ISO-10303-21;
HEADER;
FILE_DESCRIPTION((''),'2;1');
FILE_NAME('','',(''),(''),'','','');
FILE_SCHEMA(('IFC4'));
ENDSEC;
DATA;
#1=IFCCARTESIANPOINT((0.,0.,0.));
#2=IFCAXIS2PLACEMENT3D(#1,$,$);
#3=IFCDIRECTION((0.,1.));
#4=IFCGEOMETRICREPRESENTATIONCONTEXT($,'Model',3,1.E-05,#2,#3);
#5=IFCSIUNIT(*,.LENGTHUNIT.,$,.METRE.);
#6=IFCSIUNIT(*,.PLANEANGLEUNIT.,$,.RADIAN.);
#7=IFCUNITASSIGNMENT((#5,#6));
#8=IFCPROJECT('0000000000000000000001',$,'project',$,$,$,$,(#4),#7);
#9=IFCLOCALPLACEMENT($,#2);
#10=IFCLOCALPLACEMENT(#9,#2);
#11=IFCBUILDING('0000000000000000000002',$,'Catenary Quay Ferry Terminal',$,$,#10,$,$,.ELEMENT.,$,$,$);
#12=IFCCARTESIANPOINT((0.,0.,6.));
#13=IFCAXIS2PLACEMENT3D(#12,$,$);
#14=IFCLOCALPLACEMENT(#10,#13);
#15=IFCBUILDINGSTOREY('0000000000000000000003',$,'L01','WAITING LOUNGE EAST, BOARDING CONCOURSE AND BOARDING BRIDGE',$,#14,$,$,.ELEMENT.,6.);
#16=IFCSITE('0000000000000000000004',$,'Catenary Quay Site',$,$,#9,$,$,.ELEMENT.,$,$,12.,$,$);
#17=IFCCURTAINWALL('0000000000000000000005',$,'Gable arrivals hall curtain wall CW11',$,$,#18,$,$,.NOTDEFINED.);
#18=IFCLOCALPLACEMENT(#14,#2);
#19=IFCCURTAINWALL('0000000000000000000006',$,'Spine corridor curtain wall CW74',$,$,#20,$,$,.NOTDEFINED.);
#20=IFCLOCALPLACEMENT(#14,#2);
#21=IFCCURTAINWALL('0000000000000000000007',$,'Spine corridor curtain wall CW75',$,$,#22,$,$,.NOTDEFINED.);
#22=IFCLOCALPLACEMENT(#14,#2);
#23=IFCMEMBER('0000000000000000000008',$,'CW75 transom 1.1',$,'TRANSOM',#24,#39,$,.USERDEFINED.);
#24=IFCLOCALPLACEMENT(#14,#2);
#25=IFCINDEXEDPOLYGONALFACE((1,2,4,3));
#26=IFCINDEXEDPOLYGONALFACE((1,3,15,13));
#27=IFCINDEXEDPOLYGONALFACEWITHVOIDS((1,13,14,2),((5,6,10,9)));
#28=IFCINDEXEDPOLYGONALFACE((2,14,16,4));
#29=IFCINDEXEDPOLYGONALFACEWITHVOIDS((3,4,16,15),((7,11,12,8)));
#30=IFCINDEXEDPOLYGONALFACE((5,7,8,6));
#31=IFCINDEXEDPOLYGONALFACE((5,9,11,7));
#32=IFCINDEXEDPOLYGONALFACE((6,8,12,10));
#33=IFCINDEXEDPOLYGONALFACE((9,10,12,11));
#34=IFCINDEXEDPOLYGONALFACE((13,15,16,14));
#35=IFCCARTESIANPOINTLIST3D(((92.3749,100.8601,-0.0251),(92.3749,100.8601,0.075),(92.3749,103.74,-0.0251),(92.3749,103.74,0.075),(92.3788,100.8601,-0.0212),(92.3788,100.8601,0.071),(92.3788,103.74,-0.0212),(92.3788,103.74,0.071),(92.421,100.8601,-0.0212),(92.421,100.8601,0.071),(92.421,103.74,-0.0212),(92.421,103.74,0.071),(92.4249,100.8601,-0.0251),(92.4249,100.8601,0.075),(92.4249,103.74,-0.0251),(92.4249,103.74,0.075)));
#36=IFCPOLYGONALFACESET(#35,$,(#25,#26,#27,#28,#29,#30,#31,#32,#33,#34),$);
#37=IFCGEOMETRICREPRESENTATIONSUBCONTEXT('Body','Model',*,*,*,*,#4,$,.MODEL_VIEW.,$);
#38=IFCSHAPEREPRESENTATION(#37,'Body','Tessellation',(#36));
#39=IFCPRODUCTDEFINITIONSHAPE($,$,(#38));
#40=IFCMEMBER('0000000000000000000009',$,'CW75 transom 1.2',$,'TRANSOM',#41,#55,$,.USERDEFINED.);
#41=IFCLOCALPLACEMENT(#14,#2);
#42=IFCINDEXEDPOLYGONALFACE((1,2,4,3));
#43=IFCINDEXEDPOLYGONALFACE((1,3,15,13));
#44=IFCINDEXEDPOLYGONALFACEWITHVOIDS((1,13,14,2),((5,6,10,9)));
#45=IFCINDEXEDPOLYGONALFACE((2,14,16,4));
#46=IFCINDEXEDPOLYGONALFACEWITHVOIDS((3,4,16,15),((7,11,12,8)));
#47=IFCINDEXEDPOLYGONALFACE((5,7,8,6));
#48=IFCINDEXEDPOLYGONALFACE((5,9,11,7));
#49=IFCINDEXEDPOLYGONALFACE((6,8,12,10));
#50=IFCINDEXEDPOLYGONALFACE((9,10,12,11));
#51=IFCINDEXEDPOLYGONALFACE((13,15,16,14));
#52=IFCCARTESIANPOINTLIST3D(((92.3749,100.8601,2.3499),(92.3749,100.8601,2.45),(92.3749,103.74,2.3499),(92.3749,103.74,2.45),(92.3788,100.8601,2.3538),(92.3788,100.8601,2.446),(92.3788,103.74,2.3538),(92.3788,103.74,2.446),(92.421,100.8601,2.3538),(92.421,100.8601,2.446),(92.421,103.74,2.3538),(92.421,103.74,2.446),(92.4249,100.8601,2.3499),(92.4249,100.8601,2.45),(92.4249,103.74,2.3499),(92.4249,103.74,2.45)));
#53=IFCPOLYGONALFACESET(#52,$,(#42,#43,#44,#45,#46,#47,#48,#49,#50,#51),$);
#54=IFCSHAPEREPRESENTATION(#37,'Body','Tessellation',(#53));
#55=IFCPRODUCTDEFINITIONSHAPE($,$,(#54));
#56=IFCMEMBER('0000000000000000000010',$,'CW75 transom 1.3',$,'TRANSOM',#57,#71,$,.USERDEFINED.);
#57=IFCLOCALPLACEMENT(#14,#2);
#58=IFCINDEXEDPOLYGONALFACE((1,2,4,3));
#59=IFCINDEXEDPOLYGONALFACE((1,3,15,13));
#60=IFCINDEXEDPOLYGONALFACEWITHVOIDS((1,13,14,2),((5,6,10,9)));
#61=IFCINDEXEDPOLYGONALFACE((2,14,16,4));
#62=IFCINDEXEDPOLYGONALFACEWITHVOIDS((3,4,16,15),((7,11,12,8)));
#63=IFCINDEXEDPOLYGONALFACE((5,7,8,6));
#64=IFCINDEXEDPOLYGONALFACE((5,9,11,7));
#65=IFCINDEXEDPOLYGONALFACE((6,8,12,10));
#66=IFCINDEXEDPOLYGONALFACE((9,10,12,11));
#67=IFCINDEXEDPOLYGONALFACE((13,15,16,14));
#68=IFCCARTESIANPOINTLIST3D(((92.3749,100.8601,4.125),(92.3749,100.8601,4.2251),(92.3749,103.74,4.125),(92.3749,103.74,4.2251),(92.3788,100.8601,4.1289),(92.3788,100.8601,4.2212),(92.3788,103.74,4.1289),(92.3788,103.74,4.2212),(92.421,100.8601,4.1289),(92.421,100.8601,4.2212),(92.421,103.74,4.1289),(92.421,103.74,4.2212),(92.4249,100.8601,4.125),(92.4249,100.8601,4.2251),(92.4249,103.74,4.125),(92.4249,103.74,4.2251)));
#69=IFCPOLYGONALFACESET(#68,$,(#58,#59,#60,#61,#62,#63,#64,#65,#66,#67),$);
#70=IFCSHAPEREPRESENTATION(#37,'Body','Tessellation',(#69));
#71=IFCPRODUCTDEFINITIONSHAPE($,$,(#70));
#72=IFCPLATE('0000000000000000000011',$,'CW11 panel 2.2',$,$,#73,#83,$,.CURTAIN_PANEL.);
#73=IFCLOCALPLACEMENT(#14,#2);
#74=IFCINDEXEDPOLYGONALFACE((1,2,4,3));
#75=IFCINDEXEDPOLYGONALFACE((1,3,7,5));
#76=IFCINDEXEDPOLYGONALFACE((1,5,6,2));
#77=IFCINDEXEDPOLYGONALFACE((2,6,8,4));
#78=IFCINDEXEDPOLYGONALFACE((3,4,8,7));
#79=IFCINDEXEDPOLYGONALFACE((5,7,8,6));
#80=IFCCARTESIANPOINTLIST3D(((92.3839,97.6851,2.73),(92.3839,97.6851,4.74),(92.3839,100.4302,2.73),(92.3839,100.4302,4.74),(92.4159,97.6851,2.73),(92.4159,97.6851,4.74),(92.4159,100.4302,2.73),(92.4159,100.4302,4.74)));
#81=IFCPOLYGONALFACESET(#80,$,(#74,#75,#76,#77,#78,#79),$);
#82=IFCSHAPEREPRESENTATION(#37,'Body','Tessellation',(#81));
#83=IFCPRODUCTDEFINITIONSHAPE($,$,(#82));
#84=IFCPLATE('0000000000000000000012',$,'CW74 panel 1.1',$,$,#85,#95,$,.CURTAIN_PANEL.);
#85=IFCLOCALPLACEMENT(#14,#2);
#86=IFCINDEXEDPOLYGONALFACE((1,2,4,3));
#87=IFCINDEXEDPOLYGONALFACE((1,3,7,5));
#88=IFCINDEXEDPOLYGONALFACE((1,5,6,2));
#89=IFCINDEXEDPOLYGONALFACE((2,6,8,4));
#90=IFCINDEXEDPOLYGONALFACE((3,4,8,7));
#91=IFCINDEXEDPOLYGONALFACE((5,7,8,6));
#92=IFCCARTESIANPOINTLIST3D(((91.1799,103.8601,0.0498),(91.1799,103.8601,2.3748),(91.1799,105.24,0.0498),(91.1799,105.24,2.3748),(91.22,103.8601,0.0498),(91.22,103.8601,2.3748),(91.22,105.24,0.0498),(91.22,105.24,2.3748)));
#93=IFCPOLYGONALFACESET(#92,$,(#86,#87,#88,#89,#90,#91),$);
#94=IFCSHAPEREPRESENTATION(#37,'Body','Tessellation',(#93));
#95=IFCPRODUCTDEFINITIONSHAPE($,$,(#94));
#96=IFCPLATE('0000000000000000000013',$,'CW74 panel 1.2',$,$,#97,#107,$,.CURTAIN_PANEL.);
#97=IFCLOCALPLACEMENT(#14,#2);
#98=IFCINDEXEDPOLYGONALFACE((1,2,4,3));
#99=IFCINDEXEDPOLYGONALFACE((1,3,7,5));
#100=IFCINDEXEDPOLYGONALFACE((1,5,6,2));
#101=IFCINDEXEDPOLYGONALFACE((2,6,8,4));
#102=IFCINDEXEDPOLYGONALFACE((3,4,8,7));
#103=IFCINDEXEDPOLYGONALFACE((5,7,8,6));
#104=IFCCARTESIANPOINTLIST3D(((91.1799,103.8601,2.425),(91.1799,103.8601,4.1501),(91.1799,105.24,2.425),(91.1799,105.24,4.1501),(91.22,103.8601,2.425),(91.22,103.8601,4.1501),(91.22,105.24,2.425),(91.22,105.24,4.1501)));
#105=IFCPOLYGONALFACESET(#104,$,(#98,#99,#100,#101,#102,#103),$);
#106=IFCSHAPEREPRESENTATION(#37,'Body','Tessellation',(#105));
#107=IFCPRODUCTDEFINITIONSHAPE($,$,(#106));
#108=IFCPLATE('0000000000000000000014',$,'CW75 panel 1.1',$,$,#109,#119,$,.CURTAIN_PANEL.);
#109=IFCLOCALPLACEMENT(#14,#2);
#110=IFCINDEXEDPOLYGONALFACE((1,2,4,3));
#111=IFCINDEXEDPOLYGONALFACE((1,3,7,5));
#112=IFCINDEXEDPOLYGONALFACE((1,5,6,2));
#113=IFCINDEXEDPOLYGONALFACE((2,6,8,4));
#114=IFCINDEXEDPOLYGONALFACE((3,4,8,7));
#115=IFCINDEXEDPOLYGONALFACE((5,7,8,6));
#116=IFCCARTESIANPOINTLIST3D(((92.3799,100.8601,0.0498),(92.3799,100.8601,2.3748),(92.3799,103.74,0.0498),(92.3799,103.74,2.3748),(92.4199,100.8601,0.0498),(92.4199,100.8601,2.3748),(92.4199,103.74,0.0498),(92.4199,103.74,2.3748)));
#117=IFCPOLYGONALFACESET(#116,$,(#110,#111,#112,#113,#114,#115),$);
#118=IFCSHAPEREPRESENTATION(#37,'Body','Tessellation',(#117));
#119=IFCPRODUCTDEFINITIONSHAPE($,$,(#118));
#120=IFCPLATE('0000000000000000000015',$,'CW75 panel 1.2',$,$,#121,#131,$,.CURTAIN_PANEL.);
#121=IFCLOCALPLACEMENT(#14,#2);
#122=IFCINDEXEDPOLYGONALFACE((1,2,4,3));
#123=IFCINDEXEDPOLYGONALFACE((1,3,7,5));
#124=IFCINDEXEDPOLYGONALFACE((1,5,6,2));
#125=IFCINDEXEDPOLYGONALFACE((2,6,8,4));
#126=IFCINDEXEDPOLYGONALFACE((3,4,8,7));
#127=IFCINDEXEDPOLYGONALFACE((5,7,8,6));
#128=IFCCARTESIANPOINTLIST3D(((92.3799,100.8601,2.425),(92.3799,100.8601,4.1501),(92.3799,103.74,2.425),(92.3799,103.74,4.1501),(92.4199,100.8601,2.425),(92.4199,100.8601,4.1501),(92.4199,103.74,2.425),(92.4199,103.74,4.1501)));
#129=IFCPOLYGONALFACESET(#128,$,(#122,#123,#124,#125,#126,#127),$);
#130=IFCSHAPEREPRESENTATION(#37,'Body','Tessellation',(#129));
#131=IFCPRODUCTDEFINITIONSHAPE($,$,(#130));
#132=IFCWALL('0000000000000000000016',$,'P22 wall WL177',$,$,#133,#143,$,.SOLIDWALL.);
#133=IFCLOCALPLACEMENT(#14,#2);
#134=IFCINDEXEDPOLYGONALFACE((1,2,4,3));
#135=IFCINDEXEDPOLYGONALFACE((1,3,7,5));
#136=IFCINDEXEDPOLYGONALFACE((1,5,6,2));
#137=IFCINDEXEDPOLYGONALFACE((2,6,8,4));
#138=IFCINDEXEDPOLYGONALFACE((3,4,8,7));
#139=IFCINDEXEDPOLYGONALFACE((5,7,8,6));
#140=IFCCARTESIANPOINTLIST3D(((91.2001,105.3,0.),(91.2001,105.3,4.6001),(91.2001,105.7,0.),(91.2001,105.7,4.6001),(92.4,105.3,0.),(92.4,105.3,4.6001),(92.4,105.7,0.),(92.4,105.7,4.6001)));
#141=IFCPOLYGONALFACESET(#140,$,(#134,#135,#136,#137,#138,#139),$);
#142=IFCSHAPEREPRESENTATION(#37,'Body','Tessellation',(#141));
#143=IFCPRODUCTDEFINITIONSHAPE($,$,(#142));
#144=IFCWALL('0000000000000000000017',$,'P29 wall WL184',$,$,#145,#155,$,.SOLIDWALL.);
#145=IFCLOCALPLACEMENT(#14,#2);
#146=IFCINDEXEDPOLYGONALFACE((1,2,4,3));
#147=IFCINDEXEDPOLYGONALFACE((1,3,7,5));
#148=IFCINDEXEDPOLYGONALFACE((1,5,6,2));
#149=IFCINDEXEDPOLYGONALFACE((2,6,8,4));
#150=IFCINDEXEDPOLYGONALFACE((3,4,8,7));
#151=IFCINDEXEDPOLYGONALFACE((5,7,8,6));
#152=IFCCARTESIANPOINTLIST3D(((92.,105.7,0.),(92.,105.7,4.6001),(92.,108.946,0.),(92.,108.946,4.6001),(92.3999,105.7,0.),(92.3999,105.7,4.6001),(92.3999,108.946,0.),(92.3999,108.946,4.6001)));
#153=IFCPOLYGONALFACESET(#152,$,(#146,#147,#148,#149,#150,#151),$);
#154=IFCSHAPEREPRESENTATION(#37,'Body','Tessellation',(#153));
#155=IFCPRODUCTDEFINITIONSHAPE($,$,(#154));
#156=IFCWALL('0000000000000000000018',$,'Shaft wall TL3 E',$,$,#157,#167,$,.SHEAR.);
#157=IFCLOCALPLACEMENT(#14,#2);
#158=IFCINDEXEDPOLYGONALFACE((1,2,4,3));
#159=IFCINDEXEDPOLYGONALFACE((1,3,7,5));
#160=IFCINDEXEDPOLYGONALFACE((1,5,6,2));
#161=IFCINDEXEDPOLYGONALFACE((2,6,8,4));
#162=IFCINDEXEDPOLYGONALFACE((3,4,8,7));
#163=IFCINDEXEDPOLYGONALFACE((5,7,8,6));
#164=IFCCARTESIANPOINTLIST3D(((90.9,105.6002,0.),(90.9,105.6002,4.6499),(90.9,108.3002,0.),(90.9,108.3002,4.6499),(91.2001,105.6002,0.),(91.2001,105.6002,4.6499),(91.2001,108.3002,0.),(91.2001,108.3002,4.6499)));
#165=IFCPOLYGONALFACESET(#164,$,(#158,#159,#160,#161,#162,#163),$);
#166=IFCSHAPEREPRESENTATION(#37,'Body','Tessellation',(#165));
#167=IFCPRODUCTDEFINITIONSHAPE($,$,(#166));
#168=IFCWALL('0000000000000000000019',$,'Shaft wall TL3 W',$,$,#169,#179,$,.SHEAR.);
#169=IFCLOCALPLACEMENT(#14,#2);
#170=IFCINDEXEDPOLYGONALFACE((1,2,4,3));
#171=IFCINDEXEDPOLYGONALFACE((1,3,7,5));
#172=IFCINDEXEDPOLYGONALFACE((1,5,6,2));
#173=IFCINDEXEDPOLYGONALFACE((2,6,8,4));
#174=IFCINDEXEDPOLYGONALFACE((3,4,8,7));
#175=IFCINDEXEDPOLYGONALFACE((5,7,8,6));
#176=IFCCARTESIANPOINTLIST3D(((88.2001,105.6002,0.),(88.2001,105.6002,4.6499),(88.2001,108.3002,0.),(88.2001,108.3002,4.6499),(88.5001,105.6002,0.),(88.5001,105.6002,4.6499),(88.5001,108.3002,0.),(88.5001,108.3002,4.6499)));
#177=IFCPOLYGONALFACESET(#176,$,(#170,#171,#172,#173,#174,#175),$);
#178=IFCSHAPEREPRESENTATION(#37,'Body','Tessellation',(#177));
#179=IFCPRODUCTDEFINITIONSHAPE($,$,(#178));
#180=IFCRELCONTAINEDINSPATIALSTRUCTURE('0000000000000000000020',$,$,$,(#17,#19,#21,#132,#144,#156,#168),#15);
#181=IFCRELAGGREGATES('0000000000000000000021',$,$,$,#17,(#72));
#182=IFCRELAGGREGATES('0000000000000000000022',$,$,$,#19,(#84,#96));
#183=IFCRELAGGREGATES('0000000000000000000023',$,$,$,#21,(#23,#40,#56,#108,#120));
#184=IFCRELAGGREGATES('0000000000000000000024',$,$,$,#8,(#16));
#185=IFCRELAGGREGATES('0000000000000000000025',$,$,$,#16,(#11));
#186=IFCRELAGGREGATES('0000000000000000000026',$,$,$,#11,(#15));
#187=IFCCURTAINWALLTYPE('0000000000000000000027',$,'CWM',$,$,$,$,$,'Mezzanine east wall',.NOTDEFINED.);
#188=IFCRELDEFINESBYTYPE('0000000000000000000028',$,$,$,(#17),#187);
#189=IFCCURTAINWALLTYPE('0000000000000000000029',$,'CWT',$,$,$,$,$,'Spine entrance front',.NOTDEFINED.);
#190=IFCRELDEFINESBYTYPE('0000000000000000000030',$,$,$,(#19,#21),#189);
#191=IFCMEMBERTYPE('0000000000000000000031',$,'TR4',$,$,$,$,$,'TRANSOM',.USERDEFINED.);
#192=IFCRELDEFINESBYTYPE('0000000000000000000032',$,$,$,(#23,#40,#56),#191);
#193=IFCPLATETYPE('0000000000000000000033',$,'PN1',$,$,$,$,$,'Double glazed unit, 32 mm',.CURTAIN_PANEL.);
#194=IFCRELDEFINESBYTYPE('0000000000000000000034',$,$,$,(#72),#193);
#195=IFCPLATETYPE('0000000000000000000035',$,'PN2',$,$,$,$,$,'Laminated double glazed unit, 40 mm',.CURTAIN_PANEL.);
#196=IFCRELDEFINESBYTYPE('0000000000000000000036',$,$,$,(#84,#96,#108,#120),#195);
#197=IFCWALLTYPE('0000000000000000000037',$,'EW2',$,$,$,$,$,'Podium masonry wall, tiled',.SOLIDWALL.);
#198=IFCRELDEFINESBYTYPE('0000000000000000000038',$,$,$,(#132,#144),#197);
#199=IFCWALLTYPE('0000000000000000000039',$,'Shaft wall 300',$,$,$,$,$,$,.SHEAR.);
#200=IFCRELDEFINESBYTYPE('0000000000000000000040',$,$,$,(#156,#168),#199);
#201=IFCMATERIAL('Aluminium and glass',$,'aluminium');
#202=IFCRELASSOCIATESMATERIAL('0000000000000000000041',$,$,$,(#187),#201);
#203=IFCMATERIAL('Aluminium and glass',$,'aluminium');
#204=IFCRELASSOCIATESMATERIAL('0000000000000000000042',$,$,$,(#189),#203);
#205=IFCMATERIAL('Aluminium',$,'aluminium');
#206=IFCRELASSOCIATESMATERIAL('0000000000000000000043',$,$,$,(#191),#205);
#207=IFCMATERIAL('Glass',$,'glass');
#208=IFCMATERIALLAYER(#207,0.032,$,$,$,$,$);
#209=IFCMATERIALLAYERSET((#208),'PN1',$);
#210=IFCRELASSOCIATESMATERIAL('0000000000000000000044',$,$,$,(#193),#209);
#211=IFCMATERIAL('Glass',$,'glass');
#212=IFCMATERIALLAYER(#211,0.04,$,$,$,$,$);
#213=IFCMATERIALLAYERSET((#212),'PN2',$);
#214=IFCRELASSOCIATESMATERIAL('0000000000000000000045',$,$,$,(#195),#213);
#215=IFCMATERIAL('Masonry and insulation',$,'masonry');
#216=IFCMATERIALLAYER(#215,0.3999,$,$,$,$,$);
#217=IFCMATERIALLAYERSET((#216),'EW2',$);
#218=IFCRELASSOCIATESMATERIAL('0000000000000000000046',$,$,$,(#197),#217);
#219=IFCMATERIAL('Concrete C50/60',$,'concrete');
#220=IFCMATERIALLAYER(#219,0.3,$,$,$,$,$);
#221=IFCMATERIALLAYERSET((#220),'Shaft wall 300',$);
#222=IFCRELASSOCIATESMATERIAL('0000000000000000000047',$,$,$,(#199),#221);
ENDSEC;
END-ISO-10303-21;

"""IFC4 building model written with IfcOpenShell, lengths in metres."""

from ifc_helpers import new_model, si_unit, direction, frame, frame_2d, origin, origin_2d, place, context, subcontext, project, spatial, rectangle, hollow_rectangle, extrude, material, layer, layer_set, material_profile, profile_set, type_object, element, aggregate, save


model = new_model("IFC4")

# Units and contexts
model_context = context("Model", 3, precision=1e-05, world=origin(), true_north=direction((0.0, 1.0)))
body_context = subcontext(model_context, "Body", "Model", "MODEL_VIEW")
ifc_project = project(units=[si_unit("LENGTHUNIT", "METRE"), si_unit("PLANEANGLEUNIT", "RADIAN")], contexts=[model_context])

# Site, building, storey
site_placement = place(None, origin())
site = spatial("IfcSite", under=ifc_project, at=site_placement, Name="Catenary Quay Site", CompositionType="ELEMENT", RefElevation=12.0)
building_placement = place(site_placement, origin())
building = spatial("IfcBuilding", under=site, at=building_placement, Name="Catenary Quay Ferry Terminal", CompositionType="ELEMENT")
storey_placement = place(building_placement, frame((0.0, 0.0, 6.0)))
storey = spatial("IfcBuildingStorey", under=building, at=storey_placement, Name="L01", Description="WAITING LOUNGE EAST, BOARDING CONCOURSE AND BOARDING BRIDGE", CompositionType="ELEMENT", Elevation=6.0)

# Curtain wall
ifc_material_1 = material(Name="Aluminium and glass", Category="aluminium")
curtain_wall_type_1 = type_object("IfcCurtainWallType", Name="CWM", ElementType="Mezzanine east wall", PredefinedType="NOTDEFINED", material=ifc_material_1)
curtain_wall_1_placement = place(storey_placement, origin())
curtain_wall_1 = element("IfcCurtainWall", 1, at=curtain_wall_1_placement, inside=storey, type_object=curtain_wall_type_1, Name="Gable arrivals hall curtain wall CW11", PredefinedType="NOTDEFINED")

# Curtain walls
ifc_material_2 = material(Name="Aluminium and glass", Category="aluminium")
curtain_wall_type_2 = type_object("IfcCurtainWallType", Name="CWT", ElementType="Spine entrance front", PredefinedType="NOTDEFINED", material=ifc_material_2)
curtain_wall_2_placement = place(storey_placement, origin())
curtain_wall_2 = element("IfcCurtainWall", 2, at=curtain_wall_2_placement, inside=storey, type_object=curtain_wall_type_2, Name="Spine corridor curtain wall CW74", PredefinedType="NOTDEFINED")
curtain_wall_3_placement = place(storey_placement, origin())
curtain_wall_3 = element("IfcCurtainWall", 3, at=curtain_wall_3_placement, inside=storey, type_object=curtain_wall_type_2, Name="Spine corridor curtain wall CW75", PredefinedType="NOTDEFINED")

# Members
ifc_material_3 = material(Name="Aluminium", Category="aluminium")
ifc_material_profile_1 = material_profile(ifc_material_3, hollow_rectangle(XDim=0.05, YDim=0.1001, WallThickness=0.0039, at=origin_2d()), Name="TR4")
ifc_profile_set_1 = profile_set([ifc_material_profile_1], Name="Aluminium")
member_type_1 = type_object("IfcMemberType", Name="TR4", ElementType="TRANSOM", PredefinedType="USERDEFINED", material=ifc_profile_set_1)
member_1_placement = place(storey_placement, frame((92.3999, 100.8601, 0.0249), z_axis=(0.0, 1.0, 0.0), x_axis=(-1.0, 0.0, 0.0)))
member_1 = element("IfcMember", 4, at=member_1_placement, type_object=member_type_1, Name="CW75 transom 1.1", ObjectType="TRANSOM", PredefinedType="USERDEFINED", context=body_context, shape_type="SweptSolid", body=[
    extrude(hollow_rectangle(XDim=0.05, YDim=0.1001, WallThickness=0.0039, at=origin_2d()), origin(), (0.0, 0.0, 1.0), 2.8799),
])
member_2_placement = place(storey_placement, frame((92.3999, 100.8601, 2.3999), z_axis=(0.0, 1.0, 0.0), x_axis=(-1.0, 0.0, 0.0)))
member_2 = element("IfcMember", 5, at=member_2_placement, type_object=member_type_1, Name="CW75 transom 1.2", ObjectType="TRANSOM", PredefinedType="USERDEFINED", context=body_context, shape_type="SweptSolid", body=[
    extrude(hollow_rectangle(XDim=0.05, YDim=0.1001, WallThickness=0.0039, at=origin_2d()), origin(), (0.0, 0.0, 1.0), 2.8799),
])
member_3_placement = place(storey_placement, frame((92.3999, 100.8601, 4.175), z_axis=(0.0, 1.0, 0.0), x_axis=(-1.0, 0.0, 0.0)))
member_3 = element("IfcMember", 6, at=member_3_placement, type_object=member_type_1, Name="CW75 transom 1.3", ObjectType="TRANSOM", PredefinedType="USERDEFINED", context=body_context, shape_type="SweptSolid", body=[
    extrude(hollow_rectangle(XDim=0.05, YDim=0.1001, WallThickness=0.0039, at=origin_2d()), origin(), (0.0, 0.0, 1.0), 2.8799),
])

# Plates
ifc_material_4 = material(Name="Glass", Category="glass")
ifc_layer_1 = layer(ifc_material_4, 0.032)
ifc_layer_set_1 = layer_set([ifc_layer_1], Name="PN1")
plate_type_1 = type_object("IfcPlateType", Name="PN1", ElementType="Double glazed unit, 32 mm", PredefinedType="CURTAIN_PANEL", material=ifc_layer_set_1)
plate_1_placement = place(storey_placement, frame((92.3999, 99.0576, 2.73), z_axis=(0.0, 0.0, 1.0), x_axis=(0.0, 1.0, 0.0)))
plate_1 = element("IfcPlate", 7, at=plate_1_placement, type_object=plate_type_1, Name="CW11 panel 2.2", PredefinedType="CURTAIN_PANEL", context=body_context, shape_type="SweptSolid", body=[
    extrude(rectangle(XDim=2.7451, YDim=0.032, at=origin_2d()), origin(), (0.0, 0.0, 1.0), 2.01),
])
aggregate(curtain_wall_1, [plate_1])
ifc_material_5 = material(Name="Glass", Category="glass")
ifc_layer_2 = layer(ifc_material_5, 0.04)
ifc_layer_set_2 = layer_set([ifc_layer_2], Name="PN2")
plate_type_2 = type_object("IfcPlateType", Name="PN2", ElementType="Laminated double glazed unit, 40 mm", PredefinedType="CURTAIN_PANEL", material=ifc_layer_set_2)
plate_2_placement = place(storey_placement, frame((91.2, 104.55, 0.0498), z_axis=(0.0, 0.0, 1.0), x_axis=(0.0, 1.0, 0.0)))
plate_2 = element("IfcPlate", 8, at=plate_2_placement, type_object=plate_type_2, Name="CW74 panel 1.1", PredefinedType="CURTAIN_PANEL", context=body_context, shape_type="SweptSolid", body=[
    extrude(rectangle(XDim=1.3799, YDim=0.04, at=origin_2d()), origin(), (0.0, 0.0, 1.0), 2.325),
])
plate_3_placement = place(storey_placement, frame((91.2, 104.55, 2.425), z_axis=(0.0, 0.0, 1.0), x_axis=(0.0, 1.0, 0.0)))
plate_3 = element("IfcPlate", 9, at=plate_3_placement, type_object=plate_type_2, Name="CW74 panel 1.2", PredefinedType="CURTAIN_PANEL", context=body_context, shape_type="SweptSolid", body=[
    extrude(rectangle(XDim=1.3799, YDim=0.04, at=origin_2d()), origin(), (0.0, 0.0, 1.0), 1.7251),
])
aggregate(curtain_wall_2, [plate_2, plate_3])
plate_4_placement = place(storey_placement, frame((92.3999, 102.3, 0.0498), z_axis=(0.0, 0.0, 1.0), x_axis=(0.0, 1.0, 0.0)))
plate_4 = element("IfcPlate", 10, at=plate_4_placement, type_object=plate_type_2, Name="CW75 panel 1.1", PredefinedType="CURTAIN_PANEL", context=body_context, shape_type="SweptSolid", body=[
    extrude(rectangle(XDim=2.8799, YDim=0.04, at=origin_2d()), origin(), (0.0, 0.0, 1.0), 2.325),
])
plate_5_placement = place(storey_placement, frame((92.3999, 102.3, 2.425), z_axis=(0.0, 0.0, 1.0), x_axis=(0.0, 1.0, 0.0)))
plate_5 = element("IfcPlate", 11, at=plate_5_placement, type_object=plate_type_2, Name="CW75 panel 1.2", PredefinedType="CURTAIN_PANEL", context=body_context, shape_type="SweptSolid", body=[
    extrude(rectangle(XDim=2.8799, YDim=0.04, at=origin_2d()), origin(), (0.0, 0.0, 1.0), 1.7251),
])
aggregate(curtain_wall_3, [member_1, member_2, member_3, plate_4, plate_5])

# Walls
ifc_material_6 = material(Name="Masonry and insulation", Category="masonry")
ifc_layer_3 = layer(ifc_material_6, 0.3999)
ifc_layer_set_3 = layer_set([ifc_layer_3], Name="EW2")
wall_type_1 = type_object("IfcWallType", Name="EW2", ElementType="Podium masonry wall, tiled", PredefinedType="SOLIDWALL", material=ifc_layer_set_3)
wall_1_placement = place(storey_placement, frame((91.2, 105.5, 0.0), z_axis=(0.0, 0.0, 1.0), x_axis=(1.0, 0.0, 0.0)))
element("IfcWall", 12, at=wall_1_placement, inside=storey, type_object=wall_type_1, Name="P22 wall WL177", PredefinedType="SOLIDWALL", context=body_context, shape_type="SweptSolid", body=[
    extrude(rectangle(XDim=1.2, YDim=0.3999, at=frame_2d((0.6001, 0.0))), origin(), (0.0, 0.0, 1.0), 4.6001),
])
wall_2_placement = place(storey_placement, frame((92.2, 105.7, 0.0), z_axis=(0.0, 0.0, 1.0), x_axis=(0.0, 1.0, 0.0)))
element("IfcWall", 13, at=wall_2_placement, inside=storey, type_object=wall_type_1, Name="P29 wall WL184", PredefinedType="SOLIDWALL", context=body_context, shape_type="SweptSolid", body=[
    extrude(rectangle(XDim=3.2461, YDim=0.3999, at=frame_2d((1.623, 0.0))), origin(), (0.0, 0.0, 1.0), 4.6001),
])
ifc_material_7 = material(Name="Concrete C50/60", Category="concrete")
ifc_layer_4 = layer(ifc_material_7, 0.3)
ifc_layer_set_4 = layer_set([ifc_layer_4], Name="Shaft wall 300")
wall_type_2 = type_object("IfcWallType", Name="Shaft wall 300", PredefinedType="SHEAR", material=ifc_layer_set_4)
for number, where, z_axis, x_axis, name in (
    (14, (91.05, 105.6001, 0.0), (0.0, 0.0, 1.0), (0.0, 1.0, 0.0), "Shaft wall TL3 E"),
    (15, (88.3501, 105.6001, 0.0), (0.0, 0.0, 1.0), (0.0, 1.0, 0.0), "Shaft wall TL3 W"),
):
    element("IfcWall", number, at=place(storey_placement, frame(where, z_axis=z_axis, x_axis=x_axis)), inside=storey, type_object=wall_type_2, Name=name, PredefinedType="SHEAR", context=body_context, shape_type="SweptSolid", body=[
        extrude(rectangle(XDim=2.7, YDim=0.3, at=frame_2d((1.3501, 0.0))), origin(), (0.0, 0.0, 1.0), 4.6499),
    ])

save(model, "model.ifc")
